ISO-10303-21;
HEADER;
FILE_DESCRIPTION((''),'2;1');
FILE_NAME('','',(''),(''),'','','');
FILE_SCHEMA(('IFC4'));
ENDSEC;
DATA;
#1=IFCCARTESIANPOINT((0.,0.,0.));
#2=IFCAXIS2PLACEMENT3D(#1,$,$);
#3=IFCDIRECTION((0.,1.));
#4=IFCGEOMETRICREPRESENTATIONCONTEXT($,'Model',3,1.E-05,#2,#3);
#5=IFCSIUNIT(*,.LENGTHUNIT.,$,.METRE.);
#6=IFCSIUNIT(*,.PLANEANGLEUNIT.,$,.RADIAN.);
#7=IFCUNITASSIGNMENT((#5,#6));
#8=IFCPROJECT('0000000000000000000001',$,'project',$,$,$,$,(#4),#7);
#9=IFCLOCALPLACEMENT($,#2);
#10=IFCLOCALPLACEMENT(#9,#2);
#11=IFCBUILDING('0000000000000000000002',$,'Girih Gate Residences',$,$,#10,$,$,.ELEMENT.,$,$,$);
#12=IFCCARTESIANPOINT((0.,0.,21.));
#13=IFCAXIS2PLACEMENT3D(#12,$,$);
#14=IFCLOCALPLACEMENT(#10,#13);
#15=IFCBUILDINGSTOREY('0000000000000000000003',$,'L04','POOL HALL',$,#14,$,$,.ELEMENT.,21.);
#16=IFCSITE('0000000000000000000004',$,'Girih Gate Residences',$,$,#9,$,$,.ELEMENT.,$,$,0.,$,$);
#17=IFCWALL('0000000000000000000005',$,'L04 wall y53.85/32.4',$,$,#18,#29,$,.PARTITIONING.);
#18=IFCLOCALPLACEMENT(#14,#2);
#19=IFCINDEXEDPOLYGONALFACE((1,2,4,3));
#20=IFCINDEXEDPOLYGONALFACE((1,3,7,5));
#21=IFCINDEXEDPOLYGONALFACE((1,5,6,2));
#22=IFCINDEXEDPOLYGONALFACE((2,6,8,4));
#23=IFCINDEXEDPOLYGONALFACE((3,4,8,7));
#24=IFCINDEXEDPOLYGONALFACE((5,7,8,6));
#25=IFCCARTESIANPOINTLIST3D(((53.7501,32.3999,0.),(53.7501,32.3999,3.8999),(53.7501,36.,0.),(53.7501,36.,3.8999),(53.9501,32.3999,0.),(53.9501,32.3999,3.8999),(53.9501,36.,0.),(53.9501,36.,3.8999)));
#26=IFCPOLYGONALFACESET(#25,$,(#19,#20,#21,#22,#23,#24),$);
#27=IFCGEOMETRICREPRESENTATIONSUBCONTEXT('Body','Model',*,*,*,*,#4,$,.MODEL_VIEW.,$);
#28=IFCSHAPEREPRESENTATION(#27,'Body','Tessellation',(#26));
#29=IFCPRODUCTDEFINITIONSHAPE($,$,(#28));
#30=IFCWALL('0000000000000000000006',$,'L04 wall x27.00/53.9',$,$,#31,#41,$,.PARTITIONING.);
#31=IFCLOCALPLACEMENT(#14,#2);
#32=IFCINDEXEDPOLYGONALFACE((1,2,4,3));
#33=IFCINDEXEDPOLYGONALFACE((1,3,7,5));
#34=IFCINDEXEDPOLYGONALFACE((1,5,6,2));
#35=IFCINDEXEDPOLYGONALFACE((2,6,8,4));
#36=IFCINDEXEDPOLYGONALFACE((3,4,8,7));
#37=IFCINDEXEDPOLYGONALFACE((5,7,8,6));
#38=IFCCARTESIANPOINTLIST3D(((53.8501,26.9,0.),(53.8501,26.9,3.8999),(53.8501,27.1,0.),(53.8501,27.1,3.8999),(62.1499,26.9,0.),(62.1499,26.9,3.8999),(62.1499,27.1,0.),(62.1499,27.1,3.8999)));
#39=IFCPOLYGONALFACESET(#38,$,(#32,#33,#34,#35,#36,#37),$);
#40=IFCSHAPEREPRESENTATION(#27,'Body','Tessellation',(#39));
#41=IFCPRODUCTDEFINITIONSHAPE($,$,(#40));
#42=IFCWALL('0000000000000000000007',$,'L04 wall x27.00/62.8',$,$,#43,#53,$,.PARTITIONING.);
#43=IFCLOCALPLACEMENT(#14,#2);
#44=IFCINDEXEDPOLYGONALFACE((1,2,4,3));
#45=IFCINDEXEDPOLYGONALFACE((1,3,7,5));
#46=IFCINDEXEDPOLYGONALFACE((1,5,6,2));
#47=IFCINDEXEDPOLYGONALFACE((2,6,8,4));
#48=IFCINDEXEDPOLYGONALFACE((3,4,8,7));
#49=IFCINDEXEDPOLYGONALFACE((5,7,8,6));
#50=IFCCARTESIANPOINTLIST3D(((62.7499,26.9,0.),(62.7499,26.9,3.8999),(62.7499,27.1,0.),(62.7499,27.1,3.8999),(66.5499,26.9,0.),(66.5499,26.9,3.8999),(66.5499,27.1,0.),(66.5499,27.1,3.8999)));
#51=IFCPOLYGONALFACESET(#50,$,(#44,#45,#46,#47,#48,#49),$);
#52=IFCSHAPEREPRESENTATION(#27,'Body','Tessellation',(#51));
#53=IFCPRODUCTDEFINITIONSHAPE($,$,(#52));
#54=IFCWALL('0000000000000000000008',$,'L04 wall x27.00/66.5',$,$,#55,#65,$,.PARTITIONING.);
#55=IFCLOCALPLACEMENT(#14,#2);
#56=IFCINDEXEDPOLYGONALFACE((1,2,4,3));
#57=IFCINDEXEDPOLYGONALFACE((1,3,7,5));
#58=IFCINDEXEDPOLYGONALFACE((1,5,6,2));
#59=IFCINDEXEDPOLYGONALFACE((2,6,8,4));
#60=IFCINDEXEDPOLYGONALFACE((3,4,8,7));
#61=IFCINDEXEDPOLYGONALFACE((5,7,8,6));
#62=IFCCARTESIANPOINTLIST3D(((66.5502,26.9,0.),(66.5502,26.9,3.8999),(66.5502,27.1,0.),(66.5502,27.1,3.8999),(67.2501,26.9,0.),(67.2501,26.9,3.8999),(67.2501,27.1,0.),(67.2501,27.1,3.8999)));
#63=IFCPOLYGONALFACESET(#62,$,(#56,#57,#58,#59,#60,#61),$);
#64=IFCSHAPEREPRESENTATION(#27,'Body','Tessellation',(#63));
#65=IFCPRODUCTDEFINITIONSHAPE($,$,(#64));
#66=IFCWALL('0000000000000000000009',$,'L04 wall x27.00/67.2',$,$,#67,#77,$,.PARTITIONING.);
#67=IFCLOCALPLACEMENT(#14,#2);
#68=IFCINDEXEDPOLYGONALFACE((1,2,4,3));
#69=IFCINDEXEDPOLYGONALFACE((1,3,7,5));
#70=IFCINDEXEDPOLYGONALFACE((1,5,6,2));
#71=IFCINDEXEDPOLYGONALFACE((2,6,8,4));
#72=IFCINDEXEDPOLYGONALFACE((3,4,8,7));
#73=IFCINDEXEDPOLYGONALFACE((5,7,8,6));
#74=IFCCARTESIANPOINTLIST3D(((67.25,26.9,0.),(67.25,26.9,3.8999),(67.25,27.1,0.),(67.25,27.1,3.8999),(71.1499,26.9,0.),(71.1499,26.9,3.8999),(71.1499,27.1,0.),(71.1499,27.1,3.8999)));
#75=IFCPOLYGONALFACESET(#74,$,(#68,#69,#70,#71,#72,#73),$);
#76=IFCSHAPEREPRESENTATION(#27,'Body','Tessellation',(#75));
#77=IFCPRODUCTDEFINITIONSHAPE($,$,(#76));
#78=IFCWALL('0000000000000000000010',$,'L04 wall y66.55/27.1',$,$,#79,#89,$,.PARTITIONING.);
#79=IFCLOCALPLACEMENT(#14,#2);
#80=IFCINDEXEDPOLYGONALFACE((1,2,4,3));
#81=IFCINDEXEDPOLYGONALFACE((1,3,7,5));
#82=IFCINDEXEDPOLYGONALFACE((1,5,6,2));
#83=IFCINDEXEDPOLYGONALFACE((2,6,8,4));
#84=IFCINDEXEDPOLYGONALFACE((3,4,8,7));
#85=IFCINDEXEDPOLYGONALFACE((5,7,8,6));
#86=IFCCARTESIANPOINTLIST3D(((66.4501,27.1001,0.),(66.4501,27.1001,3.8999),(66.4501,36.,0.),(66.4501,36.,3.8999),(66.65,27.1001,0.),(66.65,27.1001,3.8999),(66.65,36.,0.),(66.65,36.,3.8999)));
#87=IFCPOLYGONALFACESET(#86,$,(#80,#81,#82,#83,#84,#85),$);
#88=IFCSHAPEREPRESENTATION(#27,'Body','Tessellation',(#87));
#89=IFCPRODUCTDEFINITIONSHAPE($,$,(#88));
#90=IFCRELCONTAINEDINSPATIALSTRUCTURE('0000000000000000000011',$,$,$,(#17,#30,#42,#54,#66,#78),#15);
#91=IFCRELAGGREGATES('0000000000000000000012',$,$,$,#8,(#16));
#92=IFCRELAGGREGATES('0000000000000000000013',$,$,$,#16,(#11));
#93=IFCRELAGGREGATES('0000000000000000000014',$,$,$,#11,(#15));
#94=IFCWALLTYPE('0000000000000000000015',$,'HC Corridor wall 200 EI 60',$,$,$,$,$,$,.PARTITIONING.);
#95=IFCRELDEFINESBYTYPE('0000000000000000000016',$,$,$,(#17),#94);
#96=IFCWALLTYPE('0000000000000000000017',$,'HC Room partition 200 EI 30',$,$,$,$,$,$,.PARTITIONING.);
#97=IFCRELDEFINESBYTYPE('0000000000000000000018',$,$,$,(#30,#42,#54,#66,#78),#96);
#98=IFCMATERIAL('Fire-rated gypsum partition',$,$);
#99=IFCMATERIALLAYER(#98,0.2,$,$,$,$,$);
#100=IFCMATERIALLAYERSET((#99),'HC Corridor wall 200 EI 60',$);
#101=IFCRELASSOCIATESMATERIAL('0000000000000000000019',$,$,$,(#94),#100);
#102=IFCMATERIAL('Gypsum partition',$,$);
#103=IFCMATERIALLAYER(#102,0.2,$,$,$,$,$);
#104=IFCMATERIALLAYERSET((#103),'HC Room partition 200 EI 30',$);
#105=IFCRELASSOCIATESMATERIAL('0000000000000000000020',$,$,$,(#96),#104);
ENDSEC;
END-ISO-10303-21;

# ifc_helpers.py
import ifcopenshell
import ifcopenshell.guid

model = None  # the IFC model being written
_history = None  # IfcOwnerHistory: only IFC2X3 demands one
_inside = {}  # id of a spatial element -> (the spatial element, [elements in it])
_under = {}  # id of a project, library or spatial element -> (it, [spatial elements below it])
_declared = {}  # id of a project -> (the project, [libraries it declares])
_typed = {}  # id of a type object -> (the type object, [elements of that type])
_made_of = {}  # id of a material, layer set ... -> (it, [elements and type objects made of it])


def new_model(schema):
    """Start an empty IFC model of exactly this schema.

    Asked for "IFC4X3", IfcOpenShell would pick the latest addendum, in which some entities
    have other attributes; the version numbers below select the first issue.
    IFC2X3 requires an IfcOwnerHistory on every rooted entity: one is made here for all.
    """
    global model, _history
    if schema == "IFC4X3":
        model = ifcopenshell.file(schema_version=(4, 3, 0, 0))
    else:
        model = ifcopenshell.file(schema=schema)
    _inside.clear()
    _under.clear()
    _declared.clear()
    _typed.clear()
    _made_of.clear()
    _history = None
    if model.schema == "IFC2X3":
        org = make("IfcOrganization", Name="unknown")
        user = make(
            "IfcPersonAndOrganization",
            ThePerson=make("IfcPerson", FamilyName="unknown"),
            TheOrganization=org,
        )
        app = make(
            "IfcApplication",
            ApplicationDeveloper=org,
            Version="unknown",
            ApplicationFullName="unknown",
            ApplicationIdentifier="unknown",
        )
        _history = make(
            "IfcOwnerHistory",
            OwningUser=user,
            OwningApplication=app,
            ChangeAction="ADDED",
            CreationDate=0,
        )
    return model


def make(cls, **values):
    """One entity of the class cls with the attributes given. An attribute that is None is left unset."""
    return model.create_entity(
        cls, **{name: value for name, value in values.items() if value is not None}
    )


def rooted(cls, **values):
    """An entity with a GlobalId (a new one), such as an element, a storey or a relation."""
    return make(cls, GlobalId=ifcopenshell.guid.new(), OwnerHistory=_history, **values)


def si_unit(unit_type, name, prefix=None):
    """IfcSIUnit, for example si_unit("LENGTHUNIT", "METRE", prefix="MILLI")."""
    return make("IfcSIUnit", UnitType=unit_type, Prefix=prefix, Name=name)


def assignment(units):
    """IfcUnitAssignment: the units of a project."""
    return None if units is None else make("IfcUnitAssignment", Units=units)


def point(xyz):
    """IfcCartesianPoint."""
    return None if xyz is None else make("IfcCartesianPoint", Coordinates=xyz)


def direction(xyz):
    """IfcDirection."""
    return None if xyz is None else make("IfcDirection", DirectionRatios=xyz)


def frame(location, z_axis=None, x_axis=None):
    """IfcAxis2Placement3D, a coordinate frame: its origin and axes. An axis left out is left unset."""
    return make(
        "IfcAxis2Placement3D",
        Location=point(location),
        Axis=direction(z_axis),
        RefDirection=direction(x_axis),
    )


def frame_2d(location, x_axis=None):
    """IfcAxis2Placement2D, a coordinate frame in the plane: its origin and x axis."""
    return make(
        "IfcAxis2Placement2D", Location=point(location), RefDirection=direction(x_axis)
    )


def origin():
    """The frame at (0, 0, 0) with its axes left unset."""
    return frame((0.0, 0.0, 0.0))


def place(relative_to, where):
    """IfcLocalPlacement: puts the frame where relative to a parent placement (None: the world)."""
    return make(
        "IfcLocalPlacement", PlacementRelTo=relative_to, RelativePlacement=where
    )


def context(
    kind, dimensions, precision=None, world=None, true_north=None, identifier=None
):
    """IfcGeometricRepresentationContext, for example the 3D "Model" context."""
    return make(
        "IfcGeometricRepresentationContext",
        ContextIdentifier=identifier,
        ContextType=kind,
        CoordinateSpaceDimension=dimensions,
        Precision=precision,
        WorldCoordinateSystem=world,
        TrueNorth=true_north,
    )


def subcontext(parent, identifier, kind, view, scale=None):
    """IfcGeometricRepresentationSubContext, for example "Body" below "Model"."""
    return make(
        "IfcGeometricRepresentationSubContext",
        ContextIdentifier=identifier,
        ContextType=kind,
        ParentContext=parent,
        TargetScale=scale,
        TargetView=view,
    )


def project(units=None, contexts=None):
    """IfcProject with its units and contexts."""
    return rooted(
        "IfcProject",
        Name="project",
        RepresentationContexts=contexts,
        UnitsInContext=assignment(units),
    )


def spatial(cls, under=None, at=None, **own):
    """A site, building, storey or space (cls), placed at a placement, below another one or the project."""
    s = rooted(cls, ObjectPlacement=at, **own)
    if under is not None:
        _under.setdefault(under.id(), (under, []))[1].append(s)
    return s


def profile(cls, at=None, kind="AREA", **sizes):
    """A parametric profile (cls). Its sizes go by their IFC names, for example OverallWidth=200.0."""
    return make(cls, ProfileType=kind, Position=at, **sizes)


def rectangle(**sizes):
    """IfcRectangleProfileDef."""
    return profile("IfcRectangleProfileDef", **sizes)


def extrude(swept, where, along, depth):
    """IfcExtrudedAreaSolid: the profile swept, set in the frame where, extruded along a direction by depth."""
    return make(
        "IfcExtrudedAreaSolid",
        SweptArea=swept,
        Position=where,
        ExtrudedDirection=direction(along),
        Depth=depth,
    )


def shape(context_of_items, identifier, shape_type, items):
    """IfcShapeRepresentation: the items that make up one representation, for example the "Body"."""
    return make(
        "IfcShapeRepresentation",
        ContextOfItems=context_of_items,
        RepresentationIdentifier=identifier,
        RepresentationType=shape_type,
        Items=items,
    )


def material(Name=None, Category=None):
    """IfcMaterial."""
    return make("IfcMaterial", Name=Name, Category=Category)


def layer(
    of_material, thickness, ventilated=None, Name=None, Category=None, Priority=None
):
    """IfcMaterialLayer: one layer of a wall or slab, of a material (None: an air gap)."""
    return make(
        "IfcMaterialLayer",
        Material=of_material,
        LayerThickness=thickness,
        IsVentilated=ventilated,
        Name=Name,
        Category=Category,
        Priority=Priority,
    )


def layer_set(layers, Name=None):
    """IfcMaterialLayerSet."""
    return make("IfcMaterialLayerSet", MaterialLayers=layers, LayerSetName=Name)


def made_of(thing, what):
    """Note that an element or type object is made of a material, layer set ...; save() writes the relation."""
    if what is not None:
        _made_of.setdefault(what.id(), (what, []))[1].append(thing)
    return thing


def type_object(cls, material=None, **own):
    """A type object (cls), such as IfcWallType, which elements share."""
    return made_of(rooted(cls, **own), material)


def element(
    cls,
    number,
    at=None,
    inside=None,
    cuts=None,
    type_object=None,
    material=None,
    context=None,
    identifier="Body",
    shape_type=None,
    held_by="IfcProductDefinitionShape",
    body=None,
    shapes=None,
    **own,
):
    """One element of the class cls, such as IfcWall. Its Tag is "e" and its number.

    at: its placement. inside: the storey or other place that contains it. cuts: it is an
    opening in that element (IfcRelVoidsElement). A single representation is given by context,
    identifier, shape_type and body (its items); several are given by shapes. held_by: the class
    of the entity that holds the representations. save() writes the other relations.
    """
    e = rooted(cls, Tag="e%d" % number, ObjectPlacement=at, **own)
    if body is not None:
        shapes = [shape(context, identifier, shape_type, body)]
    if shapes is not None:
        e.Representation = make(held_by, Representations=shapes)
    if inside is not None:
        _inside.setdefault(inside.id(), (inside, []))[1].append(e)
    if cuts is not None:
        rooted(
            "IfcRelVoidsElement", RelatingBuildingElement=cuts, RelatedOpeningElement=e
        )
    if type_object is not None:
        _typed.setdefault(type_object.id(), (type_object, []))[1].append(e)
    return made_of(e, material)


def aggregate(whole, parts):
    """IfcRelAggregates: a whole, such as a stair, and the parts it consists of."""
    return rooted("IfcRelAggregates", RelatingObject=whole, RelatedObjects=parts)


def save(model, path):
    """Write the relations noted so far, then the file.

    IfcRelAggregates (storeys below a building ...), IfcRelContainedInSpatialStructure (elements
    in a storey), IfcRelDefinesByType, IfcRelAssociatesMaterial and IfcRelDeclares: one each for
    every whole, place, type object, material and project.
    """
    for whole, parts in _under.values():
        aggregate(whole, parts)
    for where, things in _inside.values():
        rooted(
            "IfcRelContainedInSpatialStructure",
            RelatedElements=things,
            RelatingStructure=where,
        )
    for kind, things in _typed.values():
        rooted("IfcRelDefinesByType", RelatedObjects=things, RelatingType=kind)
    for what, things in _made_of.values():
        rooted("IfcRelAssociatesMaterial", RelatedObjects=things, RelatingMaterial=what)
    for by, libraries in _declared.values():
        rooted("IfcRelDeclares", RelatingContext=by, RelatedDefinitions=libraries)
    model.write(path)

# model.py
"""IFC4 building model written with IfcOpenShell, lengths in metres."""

from ifc_helpers import new_model, si_unit, direction, frame, frame_2d, origin, place, context, subcontext, project, spatial, rectangle, extrude, material, layer, layer_set, type_object, element, save


model = new_model("IFC4")

# Units and contexts
model_context = context("Model", 3, precision=1e-05, world=origin(), true_north=direction((0.0, 1.0)))
body_context = subcontext(model_context, "Body", "Model", "MODEL_VIEW")
ifc_project = project(units=[si_unit("LENGTHUNIT", "METRE"), si_unit("PLANEANGLEUNIT", "RADIAN")], contexts=[model_context])

# Site, building, storey
site_placement = place(None, origin())
site = spatial("IfcSite", under=ifc_project, at=site_placement, Name="Girih Gate Residences", CompositionType="ELEMENT", RefElevation=0.0)
building_placement = place(site_placement, origin())
building = spatial("IfcBuilding", under=site, at=building_placement, Name="Girih Gate Residences", CompositionType="ELEMENT")
storey_placement = place(building_placement, frame((0.0, 0.0, 21.0)))
storey = spatial("IfcBuildingStorey", under=building, at=storey_placement, Name="L04", Description="POOL HALL", CompositionType="ELEMENT", Elevation=21.0)

# Shared definitions
ifc_material_1 = material(Name="Fire-rated gypsum partition")
ifc_layer_1 = layer(ifc_material_1, 0.2)
ifc_layer_set_1 = layer_set([ifc_layer_1], Name="HC Corridor wall 200 EI 60")
wall_type_1 = type_object("IfcWallType", Name="HC Corridor wall 200 EI 60", PredefinedType="PARTITIONING", material=ifc_layer_set_1)

# Walls
wall_1_placement = place(storey_placement, frame((53.8501, 32.3999, 0.0), z_axis=(0.0, 0.0, 1.0), x_axis=(0.0, 1.0, 0.0)))
element("IfcWall", 1, at=wall_1_placement, inside=storey, type_object=wall_type_1, Name="L04 wall y53.85/32.4", PredefinedType="PARTITIONING", context=body_context, shape_type="SweptSolid", body=[
    extrude(rectangle(XDim=3.6001, YDim=0.2, at=frame_2d((1.8, 0.0))), origin(), (0.0, 0.0, 1.0), 3.8999),
])
ifc_material_2 = material(Name="Gypsum partition")
ifc_layer_2 = layer(ifc_material_2, 0.2)
ifc_layer_set_2 = layer_set([ifc_layer_2], Name="HC Room partition 200 EI 30")
wall_type_2 = type_object("IfcWallType", Name="HC Room partition 200 EI 30", PredefinedType="PARTITIONING", material=ifc_layer_set_2)
wall_2_placement = place(storey_placement, frame((53.8501, 27.0, 0.0), z_axis=(0.0, 0.0, 1.0), x_axis=(1.0, 0.0, 0.0)))
element("IfcWall", 2, at=wall_2_placement, inside=storey, type_object=wall_type_2, Name="L04 wall x27.00/53.9", PredefinedType="PARTITIONING", context=body_context, shape_type="SweptSolid", body=[
    extrude(rectangle(XDim=8.2998, YDim=0.2, at=frame_2d((4.1499, 0.0))), origin(), (0.0, 0.0, 1.0), 3.8999),
])
wall_3_placement = place(storey_placement, frame((62.75, 27.0, 0.0), z_axis=(0.0, 0.0, 1.0), x_axis=(1.0, 0.0, 0.0)))
element("IfcWall", 3, at=wall_3_placement, inside=storey, type_object=wall_type_2, Name="L04 wall x27.00/62.8", PredefinedType="PARTITIONING", context=body_context, shape_type="SweptSolid", body=[
    extrude(rectangle(XDim=3.8, YDim=0.2, at=frame_2d((1.8999, 0.0))), origin(), (0.0, 0.0, 1.0), 3.8999),
])
wall_4_placement = place(storey_placement, frame((66.55, 27.0, 0.0), z_axis=(0.0, 0.0, 1.0), x_axis=(1.0, 0.0, 0.0)))
element("IfcWall", 4, at=wall_4_placement, inside=storey, type_object=wall_type_2, Name="L04 wall x27.00/66.5", PredefinedType="PARTITIONING", context=body_context, shape_type="SweptSolid", body=[
    extrude(rectangle(XDim=0.7, YDim=0.2, at=frame_2d((0.3501, 0.0))), origin(), (0.0, 0.0, 1.0), 3.8999),
])
wall_5_placement = place(storey_placement, frame((67.25, 27.0, 0.0), z_axis=(0.0, 0.0, 1.0), x_axis=(1.0, 0.0, 0.0)))
element("IfcWall", 5, at=wall_5_placement, inside=storey, type_object=wall_type_2, Name="L04 wall x27.00/67.2", PredefinedType="PARTITIONING", context=body_context, shape_type="SweptSolid", body=[
    extrude(rectangle(XDim=3.8999, YDim=0.2, at=frame_2d((1.95, 0.0))), origin(), (0.0, 0.0, 1.0), 3.8999),
])
wall_6_placement = place(storey_placement, frame((66.55, 27.1001, 0.0), z_axis=(0.0, 0.0, 1.0), x_axis=(0.0, 1.0, 0.0)))
element("IfcWall", 6, at=wall_6_placement, inside=storey, type_object=wall_type_2, Name="L04 wall y66.55/27.1", PredefinedType="PARTITIONING", context=body_context, shape_type="SweptSolid", body=[
    extrude(rectangle(XDim=8.8999, YDim=0.2, at=frame_2d((4.45, 0.0))), origin(), (0.0, 0.0, 1.0), 3.8999),
])

save(model, "model.ifc")
